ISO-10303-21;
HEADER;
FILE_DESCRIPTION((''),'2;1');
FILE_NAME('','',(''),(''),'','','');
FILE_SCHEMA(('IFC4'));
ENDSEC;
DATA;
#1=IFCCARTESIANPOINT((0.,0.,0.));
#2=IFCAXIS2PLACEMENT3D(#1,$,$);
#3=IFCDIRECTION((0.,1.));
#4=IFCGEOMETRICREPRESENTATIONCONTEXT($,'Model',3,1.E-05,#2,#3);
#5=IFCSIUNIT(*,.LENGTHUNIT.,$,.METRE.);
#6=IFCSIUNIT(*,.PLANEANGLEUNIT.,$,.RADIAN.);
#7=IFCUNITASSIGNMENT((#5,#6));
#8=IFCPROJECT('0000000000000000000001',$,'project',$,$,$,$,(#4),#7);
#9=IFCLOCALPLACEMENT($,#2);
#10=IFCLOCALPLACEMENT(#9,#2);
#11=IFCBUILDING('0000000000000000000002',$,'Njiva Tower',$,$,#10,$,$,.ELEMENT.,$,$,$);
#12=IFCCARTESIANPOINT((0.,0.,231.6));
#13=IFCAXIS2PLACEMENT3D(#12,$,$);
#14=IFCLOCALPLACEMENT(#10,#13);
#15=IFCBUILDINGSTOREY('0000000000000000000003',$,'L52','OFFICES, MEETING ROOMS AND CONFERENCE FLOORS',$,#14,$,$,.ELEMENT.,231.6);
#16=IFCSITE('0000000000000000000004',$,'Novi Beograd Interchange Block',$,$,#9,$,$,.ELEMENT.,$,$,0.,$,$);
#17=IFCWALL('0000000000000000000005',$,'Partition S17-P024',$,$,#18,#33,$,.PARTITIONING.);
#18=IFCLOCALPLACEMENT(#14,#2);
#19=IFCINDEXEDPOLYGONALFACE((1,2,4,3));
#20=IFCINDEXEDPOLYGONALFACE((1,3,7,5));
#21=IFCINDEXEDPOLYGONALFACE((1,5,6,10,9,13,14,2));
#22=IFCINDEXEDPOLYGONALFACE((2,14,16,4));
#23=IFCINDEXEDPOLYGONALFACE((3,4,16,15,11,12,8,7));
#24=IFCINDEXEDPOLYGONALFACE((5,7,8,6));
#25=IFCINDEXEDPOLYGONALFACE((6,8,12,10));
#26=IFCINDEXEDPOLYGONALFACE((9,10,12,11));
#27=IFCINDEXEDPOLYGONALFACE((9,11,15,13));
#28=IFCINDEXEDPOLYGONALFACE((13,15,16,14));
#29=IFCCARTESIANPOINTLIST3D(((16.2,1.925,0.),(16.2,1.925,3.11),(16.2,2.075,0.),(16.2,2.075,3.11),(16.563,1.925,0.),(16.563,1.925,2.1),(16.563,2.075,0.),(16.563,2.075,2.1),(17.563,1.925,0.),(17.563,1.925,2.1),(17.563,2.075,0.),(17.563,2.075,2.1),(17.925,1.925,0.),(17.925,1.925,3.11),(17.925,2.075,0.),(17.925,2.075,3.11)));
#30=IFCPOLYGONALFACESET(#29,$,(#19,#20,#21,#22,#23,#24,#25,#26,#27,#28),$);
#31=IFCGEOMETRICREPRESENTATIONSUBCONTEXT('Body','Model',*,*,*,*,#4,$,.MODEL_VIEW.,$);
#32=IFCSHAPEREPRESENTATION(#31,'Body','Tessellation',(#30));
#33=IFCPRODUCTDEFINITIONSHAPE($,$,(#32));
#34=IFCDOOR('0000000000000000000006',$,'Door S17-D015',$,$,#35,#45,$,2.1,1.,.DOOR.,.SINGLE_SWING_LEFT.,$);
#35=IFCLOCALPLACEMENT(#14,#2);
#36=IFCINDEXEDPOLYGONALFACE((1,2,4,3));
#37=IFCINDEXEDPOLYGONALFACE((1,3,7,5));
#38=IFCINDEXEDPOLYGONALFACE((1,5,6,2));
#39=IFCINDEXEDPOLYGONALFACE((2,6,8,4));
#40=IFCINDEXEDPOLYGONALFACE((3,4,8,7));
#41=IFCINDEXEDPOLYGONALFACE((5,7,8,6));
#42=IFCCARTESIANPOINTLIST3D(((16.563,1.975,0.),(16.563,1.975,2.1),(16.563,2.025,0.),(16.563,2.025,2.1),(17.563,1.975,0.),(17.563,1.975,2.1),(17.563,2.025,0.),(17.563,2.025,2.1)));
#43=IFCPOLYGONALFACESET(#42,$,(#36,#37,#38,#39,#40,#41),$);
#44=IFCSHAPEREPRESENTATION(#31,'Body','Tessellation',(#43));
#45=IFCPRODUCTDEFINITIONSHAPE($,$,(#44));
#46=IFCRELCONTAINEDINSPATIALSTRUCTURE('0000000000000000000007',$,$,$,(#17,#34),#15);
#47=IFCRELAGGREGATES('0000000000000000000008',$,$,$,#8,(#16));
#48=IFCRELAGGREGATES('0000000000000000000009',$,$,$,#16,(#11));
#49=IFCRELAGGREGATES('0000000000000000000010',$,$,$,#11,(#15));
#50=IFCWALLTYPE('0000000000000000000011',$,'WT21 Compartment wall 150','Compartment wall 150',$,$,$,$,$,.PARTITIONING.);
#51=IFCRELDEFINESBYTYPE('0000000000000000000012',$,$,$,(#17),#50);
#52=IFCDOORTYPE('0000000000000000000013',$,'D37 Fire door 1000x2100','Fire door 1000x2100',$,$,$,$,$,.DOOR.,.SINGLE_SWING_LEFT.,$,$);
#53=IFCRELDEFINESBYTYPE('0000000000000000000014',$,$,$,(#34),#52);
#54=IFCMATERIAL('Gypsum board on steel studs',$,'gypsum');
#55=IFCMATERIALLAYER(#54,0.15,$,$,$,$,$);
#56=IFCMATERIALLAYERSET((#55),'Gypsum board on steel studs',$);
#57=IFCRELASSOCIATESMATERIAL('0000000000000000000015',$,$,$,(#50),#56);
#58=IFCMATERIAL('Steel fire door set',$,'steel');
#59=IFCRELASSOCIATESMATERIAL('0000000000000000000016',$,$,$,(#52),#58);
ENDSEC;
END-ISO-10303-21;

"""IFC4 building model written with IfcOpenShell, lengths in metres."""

from ifc_helpers import new_model, si_unit, direction, frame, frame_2d, origin, place, context, subcontext, project, spatial, rectangle, extrude, material, layer, layer_set, type_object, element, fill, save


model = new_model("IFC4")

# Units and contexts
model_context = context("Model", 3, precision=1e-05, world=origin(), true_north=direction((0.0, 1.0)))
body_context = subcontext(model_context, "Body", "Model", "MODEL_VIEW")
ifc_project = project(units=[si_unit("LENGTHUNIT", "METRE"), si_unit("PLANEANGLEUNIT", "RADIAN")], contexts=[model_context])

# Site, building, storey
site_placement = place(None, origin())
site = spatial("IfcSite", under=ifc_project, at=site_placement, Name="Novi Beograd Interchange Block", CompositionType="ELEMENT", RefElevation=0.0)
building_placement = place(site_placement, origin())
building = spatial("IfcBuilding", under=site, at=building_placement, Name="Njiva Tower", CompositionType="ELEMENT")
storey_placement = place(building_placement, frame((0.0, 0.0, 231.6)))
storey = spatial("IfcBuildingStorey", under=building, at=storey_placement, Name="L52", Description="OFFICES, MEETING ROOMS AND CONFERENCE FLOORS", CompositionType="ELEMENT", Elevation=231.6)

# Shared definitions
ifc_material_1 = material(Name="Gypsum board on steel studs", Category="gypsum")

# Wall, opening, door
ifc_layer_1 = layer(ifc_material_1, 0.15)
ifc_layer_set_1 = layer_set([ifc_layer_1], Name="Gypsum board on steel studs")
wall_type_1 = type_object("IfcWallType", Name="WT21 Compartment wall 150", Description="Compartment wall 150", PredefinedType="PARTITIONING", material=ifc_layer_set_1)
wall_1_placement = place(storey_placement, frame((16.2, 2.0, 0.0), z_axis=(0.0, 0.0, 1.0), x_axis=(1.0, 0.0, 0.0)))
wall_1 = element("IfcWall", 1, at=wall_1_placement, inside=storey, type_object=wall_type_1, Name="Partition S17-P024", PredefinedType="PARTITIONING", context=body_context, shape_type="SweptSolid", body=[
    extrude(rectangle(XDim=1.725, YDim=0.15, at=frame_2d((0.8625, 0.0))), origin(), (0.0, 0.0, 1.0), 3.11),
])
opening_1_placement = place(wall_1_placement, frame((0.363, 0.0, 0.0)))
opening_1 = element("IfcOpeningElement", 2, at=opening_1_placement, cuts=wall_1, PredefinedType="OPENING", context=body_context, shape_type="SweptSolid", body=[
    extrude(rectangle(XDim=1.0, YDim=2.1, at=frame_2d((0.5, 1.05))), frame((0.0, 0.085, 0.0), z_axis=(0.0, -1.0, 0.0), x_axis=(1.0, 0.0, 0.0)), (0.0, 0.0, 1.0), 0.17),
])
ifc_material_2 = material(Name="Steel fire door set", Category="steel")
door_type_1 = type_object("IfcDoorType", Name="D37 Fire door 1000x2100", Description="Fire door 1000x2100", OperationType="SINGLE_SWING_LEFT", PredefinedType="DOOR", material=ifc_material_2)
door_1_placement = place(opening_1_placement, origin())
door_1 = element("IfcDoor", 3, at=door_1_placement, inside=storey, type_object=door_type_1, Name="Door S17-D015", OperationType="SINGLE_SWING_LEFT", OverallHeight=2.1, OverallWidth=1.0, PredefinedType="DOOR", context=body_context, shape_type="SweptSolid", body=[
    extrude(rectangle(XDim=1.0, YDim=2.1, at=frame_2d((0.5, 1.05))), frame((0.0, 0.025, 0.0), z_axis=(0.0, -1.0, 0.0), x_axis=(1.0, 0.0, 0.0)), (0.0, 0.0, 1.0), 0.05),
])
fill(opening_1, door_1)

save(model, "model.ifc")
